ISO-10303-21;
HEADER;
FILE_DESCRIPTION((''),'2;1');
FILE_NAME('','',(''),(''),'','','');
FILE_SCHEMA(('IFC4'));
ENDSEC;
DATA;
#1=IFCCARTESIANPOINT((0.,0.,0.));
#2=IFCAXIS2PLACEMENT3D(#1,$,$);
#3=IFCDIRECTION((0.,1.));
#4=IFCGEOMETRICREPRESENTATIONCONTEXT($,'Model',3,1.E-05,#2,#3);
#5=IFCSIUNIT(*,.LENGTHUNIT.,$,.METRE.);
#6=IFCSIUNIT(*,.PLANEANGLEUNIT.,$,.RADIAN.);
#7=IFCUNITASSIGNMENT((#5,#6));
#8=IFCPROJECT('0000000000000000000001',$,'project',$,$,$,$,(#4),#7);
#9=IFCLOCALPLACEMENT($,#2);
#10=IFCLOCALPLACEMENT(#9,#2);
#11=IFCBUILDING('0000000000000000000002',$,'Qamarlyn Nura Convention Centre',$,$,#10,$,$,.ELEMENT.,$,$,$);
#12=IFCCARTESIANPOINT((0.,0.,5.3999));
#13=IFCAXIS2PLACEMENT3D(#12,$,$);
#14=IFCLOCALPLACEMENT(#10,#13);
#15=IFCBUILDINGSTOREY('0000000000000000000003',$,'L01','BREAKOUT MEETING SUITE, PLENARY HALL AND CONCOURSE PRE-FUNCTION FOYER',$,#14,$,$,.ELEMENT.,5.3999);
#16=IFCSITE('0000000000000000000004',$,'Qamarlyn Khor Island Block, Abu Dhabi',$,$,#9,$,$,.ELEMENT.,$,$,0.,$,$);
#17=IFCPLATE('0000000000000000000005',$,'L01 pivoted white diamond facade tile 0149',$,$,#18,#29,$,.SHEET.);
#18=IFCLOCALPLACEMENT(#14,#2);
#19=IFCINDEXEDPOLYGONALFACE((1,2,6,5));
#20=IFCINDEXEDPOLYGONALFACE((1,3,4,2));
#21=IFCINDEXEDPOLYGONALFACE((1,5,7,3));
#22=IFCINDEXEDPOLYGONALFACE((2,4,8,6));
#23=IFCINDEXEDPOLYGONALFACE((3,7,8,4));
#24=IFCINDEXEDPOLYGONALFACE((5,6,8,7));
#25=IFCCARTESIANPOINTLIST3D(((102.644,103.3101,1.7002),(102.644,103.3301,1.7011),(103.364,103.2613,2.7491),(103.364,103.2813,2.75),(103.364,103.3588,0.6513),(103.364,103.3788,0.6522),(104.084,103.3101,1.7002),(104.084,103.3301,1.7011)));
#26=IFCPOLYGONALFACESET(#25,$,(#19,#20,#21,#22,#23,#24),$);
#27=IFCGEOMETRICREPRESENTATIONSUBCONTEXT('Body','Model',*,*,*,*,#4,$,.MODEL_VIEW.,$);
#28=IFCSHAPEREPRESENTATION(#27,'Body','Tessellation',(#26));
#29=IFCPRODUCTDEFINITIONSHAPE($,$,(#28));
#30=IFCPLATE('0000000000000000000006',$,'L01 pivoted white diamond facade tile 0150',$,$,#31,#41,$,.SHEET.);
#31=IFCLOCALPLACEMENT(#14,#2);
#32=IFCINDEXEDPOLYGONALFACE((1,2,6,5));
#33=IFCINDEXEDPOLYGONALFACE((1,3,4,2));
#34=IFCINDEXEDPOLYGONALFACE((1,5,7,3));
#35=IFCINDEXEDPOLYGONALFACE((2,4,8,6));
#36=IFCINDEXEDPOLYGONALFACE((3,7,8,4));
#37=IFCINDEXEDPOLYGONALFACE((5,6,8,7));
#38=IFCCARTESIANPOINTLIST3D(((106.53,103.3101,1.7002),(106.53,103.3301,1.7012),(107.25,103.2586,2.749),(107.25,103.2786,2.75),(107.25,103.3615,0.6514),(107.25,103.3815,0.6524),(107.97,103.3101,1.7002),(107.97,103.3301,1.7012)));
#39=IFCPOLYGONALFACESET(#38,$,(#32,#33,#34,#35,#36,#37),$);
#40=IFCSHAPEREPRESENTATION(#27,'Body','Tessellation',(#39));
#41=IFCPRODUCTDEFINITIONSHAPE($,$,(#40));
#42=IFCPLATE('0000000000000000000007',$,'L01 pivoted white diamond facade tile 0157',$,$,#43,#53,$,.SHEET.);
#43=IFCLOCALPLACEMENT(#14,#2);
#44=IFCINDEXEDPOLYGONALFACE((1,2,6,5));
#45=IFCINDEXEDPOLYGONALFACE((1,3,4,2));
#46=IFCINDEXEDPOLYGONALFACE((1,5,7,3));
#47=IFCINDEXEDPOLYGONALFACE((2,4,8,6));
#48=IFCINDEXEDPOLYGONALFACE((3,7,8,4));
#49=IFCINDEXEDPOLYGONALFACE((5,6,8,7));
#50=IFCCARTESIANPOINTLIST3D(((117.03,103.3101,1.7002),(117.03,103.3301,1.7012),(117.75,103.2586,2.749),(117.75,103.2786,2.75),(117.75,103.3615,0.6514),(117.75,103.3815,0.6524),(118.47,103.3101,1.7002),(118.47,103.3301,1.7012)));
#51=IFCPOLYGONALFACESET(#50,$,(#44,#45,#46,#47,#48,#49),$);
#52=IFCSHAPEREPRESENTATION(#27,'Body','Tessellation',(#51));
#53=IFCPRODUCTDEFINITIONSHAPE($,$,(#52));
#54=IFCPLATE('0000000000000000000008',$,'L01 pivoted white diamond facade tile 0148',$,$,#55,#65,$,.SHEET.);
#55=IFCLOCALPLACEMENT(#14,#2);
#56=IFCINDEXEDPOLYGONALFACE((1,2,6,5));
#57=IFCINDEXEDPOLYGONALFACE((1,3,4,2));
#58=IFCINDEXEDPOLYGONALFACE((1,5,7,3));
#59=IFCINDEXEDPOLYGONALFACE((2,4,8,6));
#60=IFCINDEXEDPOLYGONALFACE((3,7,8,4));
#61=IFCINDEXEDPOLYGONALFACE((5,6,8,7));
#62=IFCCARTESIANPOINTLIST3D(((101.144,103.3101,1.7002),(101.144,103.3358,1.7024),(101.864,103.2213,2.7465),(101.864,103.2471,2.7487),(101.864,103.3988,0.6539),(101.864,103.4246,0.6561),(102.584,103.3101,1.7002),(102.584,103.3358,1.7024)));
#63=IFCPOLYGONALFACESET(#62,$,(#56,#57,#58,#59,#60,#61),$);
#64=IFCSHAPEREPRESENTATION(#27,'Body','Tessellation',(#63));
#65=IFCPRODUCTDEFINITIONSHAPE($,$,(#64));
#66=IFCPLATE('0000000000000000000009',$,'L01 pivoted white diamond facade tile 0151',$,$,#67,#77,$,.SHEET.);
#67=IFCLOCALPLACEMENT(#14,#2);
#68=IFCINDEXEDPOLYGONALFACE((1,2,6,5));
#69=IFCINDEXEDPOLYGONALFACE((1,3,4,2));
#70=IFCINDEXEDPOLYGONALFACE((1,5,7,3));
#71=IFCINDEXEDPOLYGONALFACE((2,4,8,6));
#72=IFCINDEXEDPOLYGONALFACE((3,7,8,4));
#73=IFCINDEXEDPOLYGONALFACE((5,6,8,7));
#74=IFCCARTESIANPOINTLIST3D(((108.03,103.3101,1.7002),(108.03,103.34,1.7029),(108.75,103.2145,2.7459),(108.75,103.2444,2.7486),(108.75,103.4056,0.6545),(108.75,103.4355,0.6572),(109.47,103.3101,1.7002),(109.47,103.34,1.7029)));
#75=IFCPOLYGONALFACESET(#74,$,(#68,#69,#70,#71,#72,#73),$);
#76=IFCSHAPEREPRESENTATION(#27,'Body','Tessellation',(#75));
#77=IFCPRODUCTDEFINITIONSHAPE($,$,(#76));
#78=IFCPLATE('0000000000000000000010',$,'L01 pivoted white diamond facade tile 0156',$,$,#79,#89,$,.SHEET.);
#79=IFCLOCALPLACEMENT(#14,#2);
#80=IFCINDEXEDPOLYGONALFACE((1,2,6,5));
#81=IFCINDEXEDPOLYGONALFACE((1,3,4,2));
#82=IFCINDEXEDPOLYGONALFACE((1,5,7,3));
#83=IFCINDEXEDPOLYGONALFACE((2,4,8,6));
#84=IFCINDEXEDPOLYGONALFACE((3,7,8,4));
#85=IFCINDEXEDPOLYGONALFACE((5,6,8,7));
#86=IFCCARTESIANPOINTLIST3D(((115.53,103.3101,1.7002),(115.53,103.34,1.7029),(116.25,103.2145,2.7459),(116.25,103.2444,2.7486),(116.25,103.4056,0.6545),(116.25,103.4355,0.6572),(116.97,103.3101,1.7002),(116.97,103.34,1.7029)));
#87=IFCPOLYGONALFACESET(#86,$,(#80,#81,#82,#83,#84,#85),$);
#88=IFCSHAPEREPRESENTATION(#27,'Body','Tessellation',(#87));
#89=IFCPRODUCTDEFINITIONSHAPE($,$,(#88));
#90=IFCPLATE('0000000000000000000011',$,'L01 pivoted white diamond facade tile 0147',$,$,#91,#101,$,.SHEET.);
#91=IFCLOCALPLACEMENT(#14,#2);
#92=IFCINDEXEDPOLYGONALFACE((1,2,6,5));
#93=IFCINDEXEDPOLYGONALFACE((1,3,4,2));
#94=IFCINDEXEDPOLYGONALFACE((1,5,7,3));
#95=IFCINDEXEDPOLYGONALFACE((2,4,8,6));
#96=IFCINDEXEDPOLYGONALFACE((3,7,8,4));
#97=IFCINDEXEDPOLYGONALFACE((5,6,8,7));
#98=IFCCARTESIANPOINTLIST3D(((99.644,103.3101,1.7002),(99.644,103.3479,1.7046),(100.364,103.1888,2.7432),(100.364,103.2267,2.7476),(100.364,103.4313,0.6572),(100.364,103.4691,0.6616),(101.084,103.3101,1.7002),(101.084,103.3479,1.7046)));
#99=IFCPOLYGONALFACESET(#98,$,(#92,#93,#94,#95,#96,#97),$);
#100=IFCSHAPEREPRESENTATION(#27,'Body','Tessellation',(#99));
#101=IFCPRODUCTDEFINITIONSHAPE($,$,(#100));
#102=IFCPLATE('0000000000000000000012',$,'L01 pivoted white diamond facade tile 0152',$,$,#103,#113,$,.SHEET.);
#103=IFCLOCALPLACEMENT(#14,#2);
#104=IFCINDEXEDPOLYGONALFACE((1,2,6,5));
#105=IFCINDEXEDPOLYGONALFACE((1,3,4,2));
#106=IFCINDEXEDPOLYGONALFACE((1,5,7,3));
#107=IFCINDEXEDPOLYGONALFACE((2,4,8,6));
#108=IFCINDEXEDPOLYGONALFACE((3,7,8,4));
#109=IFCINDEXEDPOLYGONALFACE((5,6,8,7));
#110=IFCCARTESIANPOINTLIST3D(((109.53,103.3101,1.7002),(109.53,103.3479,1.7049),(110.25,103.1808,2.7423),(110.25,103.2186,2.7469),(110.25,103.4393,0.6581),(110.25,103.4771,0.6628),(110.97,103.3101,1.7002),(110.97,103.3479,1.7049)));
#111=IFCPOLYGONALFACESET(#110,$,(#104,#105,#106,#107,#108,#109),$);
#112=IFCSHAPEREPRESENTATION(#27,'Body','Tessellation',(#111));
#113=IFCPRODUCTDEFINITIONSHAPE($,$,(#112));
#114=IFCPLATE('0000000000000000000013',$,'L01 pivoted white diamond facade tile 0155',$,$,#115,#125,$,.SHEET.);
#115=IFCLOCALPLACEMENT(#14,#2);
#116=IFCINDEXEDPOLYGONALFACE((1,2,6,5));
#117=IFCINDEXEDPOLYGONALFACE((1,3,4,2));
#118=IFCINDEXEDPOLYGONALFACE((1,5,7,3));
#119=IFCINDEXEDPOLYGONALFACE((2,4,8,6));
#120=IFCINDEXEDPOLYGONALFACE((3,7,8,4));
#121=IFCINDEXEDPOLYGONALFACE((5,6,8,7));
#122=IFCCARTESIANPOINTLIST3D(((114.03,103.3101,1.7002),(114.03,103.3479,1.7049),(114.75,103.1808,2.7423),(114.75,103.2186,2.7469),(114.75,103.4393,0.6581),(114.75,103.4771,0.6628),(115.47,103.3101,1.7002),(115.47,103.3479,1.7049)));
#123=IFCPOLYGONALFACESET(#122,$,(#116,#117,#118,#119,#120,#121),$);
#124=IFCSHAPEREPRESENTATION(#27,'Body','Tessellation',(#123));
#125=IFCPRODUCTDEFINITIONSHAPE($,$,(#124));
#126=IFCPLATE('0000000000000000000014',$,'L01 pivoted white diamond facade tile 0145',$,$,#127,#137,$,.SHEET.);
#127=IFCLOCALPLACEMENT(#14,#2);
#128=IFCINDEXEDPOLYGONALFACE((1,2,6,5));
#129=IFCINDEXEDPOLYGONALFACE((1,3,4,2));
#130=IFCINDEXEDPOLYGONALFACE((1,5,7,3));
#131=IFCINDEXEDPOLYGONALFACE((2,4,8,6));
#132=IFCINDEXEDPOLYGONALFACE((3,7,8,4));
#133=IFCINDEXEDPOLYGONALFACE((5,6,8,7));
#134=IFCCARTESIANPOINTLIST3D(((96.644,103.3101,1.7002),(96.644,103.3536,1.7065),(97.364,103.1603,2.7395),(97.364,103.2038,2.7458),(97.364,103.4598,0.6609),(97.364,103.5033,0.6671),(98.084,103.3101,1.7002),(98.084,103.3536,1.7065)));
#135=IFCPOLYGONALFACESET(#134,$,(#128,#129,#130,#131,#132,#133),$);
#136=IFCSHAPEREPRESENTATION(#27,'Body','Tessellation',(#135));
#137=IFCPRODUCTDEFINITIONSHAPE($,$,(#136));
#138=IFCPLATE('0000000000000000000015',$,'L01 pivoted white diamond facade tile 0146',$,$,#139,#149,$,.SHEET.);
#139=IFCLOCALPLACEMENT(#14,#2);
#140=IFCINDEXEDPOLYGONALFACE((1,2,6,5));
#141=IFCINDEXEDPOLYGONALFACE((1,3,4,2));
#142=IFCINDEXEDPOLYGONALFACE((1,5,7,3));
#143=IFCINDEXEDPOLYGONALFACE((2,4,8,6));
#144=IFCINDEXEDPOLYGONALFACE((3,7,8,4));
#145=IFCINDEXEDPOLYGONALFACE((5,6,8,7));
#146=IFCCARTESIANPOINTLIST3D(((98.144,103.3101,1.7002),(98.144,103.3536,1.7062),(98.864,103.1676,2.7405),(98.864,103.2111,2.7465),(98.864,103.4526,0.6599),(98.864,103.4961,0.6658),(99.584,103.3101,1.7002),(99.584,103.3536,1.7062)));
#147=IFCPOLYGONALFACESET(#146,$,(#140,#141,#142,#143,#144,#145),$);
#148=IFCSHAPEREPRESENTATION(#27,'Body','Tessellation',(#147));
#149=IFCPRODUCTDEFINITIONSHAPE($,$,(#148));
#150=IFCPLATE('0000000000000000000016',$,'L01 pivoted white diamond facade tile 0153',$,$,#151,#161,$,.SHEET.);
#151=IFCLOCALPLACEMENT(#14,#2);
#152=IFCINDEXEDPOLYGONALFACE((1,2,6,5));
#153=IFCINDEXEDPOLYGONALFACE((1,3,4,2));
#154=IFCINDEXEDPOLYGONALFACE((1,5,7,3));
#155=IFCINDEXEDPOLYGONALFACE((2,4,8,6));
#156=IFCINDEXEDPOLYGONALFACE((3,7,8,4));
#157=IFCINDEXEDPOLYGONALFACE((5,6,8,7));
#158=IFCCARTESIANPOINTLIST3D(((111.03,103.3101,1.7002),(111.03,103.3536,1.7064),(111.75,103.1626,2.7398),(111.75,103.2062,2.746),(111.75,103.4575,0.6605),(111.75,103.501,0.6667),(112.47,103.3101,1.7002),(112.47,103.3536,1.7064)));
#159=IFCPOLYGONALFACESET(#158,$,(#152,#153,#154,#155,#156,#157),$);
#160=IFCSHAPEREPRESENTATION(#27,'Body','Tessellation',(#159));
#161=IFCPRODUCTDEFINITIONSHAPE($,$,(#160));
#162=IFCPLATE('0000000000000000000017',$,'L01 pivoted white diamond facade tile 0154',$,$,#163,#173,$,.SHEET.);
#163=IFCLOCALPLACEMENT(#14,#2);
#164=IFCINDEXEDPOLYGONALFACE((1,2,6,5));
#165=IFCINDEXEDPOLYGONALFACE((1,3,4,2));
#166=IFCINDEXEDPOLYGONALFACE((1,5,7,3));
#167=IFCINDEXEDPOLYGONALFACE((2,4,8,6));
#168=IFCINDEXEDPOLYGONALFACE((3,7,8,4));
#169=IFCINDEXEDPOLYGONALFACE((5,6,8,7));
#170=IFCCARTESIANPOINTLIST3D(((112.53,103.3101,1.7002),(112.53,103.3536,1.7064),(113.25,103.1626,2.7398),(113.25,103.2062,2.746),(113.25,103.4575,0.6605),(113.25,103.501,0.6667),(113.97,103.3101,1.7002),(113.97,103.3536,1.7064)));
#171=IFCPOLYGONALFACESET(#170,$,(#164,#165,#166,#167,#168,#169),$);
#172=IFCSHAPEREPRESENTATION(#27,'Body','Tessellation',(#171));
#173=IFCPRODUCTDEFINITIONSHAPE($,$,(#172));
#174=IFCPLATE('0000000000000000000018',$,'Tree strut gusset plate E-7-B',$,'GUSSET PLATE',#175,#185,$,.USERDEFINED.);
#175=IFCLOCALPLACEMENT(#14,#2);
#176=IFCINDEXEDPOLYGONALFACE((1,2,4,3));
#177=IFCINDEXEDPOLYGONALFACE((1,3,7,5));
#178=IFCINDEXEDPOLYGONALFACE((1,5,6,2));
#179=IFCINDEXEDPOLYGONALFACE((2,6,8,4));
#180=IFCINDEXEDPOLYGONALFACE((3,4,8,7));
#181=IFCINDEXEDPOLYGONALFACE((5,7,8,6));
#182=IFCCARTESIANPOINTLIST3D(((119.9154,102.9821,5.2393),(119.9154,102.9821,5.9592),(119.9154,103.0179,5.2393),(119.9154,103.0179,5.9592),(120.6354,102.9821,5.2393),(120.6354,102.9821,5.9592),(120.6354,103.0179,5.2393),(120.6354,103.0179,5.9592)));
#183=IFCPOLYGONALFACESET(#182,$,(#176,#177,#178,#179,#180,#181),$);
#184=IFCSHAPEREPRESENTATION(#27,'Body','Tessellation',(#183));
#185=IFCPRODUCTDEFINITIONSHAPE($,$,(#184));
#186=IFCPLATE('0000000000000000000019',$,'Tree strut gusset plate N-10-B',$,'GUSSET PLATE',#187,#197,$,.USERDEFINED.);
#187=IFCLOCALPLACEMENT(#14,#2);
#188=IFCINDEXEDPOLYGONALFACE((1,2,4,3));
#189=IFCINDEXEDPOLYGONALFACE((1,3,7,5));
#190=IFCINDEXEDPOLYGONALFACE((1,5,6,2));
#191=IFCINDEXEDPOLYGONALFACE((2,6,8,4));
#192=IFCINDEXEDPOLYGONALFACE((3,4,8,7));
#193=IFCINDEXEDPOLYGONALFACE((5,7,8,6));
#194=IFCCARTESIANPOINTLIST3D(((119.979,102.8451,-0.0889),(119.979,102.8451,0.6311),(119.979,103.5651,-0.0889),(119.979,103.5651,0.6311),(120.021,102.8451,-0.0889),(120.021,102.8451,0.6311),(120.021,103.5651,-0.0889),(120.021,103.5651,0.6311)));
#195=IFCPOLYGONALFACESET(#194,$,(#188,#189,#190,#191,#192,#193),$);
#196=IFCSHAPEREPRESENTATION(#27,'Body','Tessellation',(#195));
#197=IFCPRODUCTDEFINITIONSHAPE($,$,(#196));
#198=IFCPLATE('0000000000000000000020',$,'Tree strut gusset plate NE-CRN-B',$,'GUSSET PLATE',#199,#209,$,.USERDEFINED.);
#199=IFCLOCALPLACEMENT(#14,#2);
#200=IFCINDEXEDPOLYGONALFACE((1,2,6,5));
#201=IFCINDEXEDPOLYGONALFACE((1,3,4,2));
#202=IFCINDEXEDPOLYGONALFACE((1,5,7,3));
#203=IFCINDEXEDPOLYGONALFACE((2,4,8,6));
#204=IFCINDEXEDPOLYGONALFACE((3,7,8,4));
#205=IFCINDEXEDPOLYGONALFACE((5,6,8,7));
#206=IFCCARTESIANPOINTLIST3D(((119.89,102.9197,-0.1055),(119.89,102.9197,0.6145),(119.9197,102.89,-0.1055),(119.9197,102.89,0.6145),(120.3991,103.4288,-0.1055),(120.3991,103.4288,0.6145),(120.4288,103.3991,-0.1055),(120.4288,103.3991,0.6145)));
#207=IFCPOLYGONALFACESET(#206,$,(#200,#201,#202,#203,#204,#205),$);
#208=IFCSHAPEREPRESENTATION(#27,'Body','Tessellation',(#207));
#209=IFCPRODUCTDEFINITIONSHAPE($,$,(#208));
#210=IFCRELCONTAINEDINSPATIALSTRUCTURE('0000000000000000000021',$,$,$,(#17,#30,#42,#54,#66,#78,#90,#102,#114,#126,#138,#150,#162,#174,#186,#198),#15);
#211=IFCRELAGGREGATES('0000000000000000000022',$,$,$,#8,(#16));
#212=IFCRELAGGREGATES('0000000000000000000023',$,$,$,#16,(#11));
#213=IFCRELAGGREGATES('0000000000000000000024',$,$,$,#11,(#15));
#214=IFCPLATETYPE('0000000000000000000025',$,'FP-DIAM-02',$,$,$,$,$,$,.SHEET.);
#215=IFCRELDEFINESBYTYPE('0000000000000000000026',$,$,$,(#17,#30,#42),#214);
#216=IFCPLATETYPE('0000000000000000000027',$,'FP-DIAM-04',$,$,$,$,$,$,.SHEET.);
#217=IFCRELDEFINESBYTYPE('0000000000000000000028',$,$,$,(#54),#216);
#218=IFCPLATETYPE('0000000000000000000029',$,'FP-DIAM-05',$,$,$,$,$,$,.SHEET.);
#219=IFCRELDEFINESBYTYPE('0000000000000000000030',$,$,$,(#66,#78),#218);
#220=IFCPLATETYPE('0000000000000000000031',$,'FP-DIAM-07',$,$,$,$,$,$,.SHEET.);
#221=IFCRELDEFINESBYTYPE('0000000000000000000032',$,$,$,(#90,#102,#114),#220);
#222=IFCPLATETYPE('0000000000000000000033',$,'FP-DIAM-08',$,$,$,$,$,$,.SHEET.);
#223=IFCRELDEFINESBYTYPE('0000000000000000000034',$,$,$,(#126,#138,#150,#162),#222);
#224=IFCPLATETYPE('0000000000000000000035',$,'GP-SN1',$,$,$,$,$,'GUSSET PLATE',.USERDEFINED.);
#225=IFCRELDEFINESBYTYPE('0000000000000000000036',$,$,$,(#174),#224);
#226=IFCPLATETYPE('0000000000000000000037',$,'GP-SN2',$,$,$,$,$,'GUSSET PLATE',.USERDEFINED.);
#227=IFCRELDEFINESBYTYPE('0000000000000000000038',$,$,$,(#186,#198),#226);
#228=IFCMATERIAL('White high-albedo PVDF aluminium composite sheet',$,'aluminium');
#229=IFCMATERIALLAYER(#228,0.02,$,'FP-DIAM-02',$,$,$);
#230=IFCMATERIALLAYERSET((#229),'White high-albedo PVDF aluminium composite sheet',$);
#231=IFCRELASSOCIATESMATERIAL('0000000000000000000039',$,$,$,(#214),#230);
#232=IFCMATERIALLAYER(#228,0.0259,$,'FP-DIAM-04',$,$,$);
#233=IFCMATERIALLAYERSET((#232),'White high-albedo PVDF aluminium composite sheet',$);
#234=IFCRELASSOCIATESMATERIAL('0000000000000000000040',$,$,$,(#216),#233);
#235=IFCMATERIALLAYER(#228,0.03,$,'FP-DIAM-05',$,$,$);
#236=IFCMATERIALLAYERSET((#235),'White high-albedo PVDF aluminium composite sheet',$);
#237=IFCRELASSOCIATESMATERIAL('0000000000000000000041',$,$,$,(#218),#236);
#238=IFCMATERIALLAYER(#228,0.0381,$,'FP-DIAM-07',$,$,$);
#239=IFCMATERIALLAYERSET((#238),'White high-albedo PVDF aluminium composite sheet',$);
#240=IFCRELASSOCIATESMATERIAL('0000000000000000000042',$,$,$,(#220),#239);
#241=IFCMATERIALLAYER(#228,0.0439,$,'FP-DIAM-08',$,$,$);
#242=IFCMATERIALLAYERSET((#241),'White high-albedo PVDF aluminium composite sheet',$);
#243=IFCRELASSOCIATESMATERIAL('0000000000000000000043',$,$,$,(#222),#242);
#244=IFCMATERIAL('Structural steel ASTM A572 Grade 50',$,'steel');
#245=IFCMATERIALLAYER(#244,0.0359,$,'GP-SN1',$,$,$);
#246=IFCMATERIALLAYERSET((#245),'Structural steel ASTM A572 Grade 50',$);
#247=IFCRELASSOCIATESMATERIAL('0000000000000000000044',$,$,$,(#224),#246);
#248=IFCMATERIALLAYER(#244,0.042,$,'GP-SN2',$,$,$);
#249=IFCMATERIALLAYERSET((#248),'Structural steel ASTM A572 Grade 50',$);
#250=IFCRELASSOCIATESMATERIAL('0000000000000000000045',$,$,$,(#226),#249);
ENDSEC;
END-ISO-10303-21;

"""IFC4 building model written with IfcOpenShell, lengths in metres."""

from ifc_helpers import new_model, si_unit, direction, frame, origin, origin_2d, place, context, subcontext, project, spatial, polyline, rectangle, outline, extrude, material, layer, layer_set, type_object, element, save


model = new_model("IFC4")

# Units and contexts
model_context = context("Model", 3, precision=1e-05, world=origin(), true_north=direction((0.0, 1.0)))
body_context = subcontext(model_context, "Body", "Model", "MODEL_VIEW")
ifc_project = project(units=[si_unit("LENGTHUNIT", "METRE"), si_unit("PLANEANGLEUNIT", "RADIAN")], contexts=[model_context])

# Site, building, storey
site_placement = place(None, origin())
site = spatial("IfcSite", under=ifc_project, at=site_placement, Name="Qamarlyn Khor Island Block, Abu Dhabi", CompositionType="ELEMENT", RefElevation=0.0)
building_placement = place(site_placement, origin())
building = spatial("IfcBuilding", under=site, at=building_placement, Name="Qamarlyn Nura Convention Centre", CompositionType="ELEMENT")
storey_placement = place(building_placement, frame((0.0, 0.0, 5.3999)))
storey = spatial("IfcBuildingStorey", under=building, at=storey_placement, Name="L01", Description="BREAKOUT MEETING SUITE, PLENARY HALL AND CONCOURSE PRE-FUNCTION FOYER", CompositionType="ELEMENT", Elevation=5.3999)

# Plates
ifc_material_1 = material(Name="White high-albedo PVDF aluminium composite sheet", Category="aluminium")
ifc_layer_1 = layer(ifc_material_1, 0.02, Name="FP-DIAM-02")
ifc_layer_set_1 = layer_set([ifc_layer_1], Name="White high-albedo PVDF aluminium composite sheet")
plate_type_1 = type_object("IfcPlateType", Name="FP-DIAM-02", PredefinedType="SHEET", material=ifc_layer_set_1)
for number, where, z_axis, x_axis, name in (
    (1, (103.364, 103.3101, 1.7002), (0.0, 0.998923, 0.046409), (-1.0, 0.0, 0.0), "L01 pivoted white diamond facade tile 0149"),
    (2, (107.25, 103.3101, 1.7002), (0.0, 0.998798, 0.049024), (-1.0, 0.0, 0.0), "L01 pivoted white diamond facade tile 0150"),
    (3, (117.75, 103.3101, 1.7002), (0.0, 0.998798, 0.049024), (-1.0, 0.0, 0.0), "L01 pivoted white diamond facade tile 0157"),
):
    element("IfcPlate", number, at=place(storey_placement, frame(where, z_axis=z_axis, x_axis=x_axis)), inside=storey, type_object=plate_type_1, Name=name, PredefinedType="SHEET", context=body_context, shape_type="SweptSolid", body=[
        extrude(outline(polyline([(-0.72, 0.0), (0.0, -1.05), (0.72, 0.0), (0.0, 1.05), (-0.72, 0.0)])), origin(), (0.0, 0.0, 1.0), 0.02),
    ])
ifc_layer_2 = layer(ifc_material_1, 0.0259, Name="FP-DIAM-04")
ifc_layer_set_2 = layer_set([ifc_layer_2], Name="White high-albedo PVDF aluminium composite sheet")
plate_type_2 = type_object("IfcPlateType", Name="FP-DIAM-04", PredefinedType="SHEET", material=ifc_layer_set_2)
plate_1_placement = place(storey_placement, frame((101.864, 103.3101, 1.7002), z_axis=(0.0, 0.996419, 0.084547), x_axis=(-1.0, 0.0, 0.0)))
element("IfcPlate", 4, at=plate_1_placement, inside=storey, type_object=plate_type_2, Name="L01 pivoted white diamond facade tile 0148", PredefinedType="SHEET", context=body_context, shape_type="SweptSolid", body=[
    extrude(outline(polyline([(-0.72, 0.0), (0.0, -1.05), (0.72, 0.0), (0.0, 1.05), (-0.72, 0.0)])), origin(), (0.0, 0.0, 1.0), 0.0259),
])
ifc_layer_3 = layer(ifc_material_1, 0.03, Name="FP-DIAM-05")
ifc_layer_set_3 = layer_set([ifc_layer_3], Name="White high-albedo PVDF aluminium composite sheet")
plate_type_3 = type_object("IfcPlateType", Name="FP-DIAM-05", PredefinedType="SHEET", material=ifc_layer_set_3)
for number, where, z_axis, x_axis, name in (
    (5, (108.75, 103.3101, 1.7002), (0.0, 0.995853, 0.09098), (-1.0, 0.0, 0.0), "L01 pivoted white diamond facade tile 0151"),
    (6, (116.25, 103.3101, 1.7002), (0.0, 0.995853, 0.09098), (-1.0, 0.0, 0.0), "L01 pivoted white diamond facade tile 0156"),
):
    element("IfcPlate", number, at=place(storey_placement, frame(where, z_axis=z_axis, x_axis=x_axis)), inside=storey, type_object=plate_type_3, Name=name, PredefinedType="SHEET", context=body_context, shape_type="SweptSolid", body=[
        extrude(outline(polyline([(-0.72, 0.0), (0.0, -1.05), (0.72, 0.0), (0.0, 1.05), (-0.72, 0.0)])), origin(), (0.0, 0.0, 1.0), 0.03),
    ])
ifc_layer_4 = layer(ifc_material_1, 0.0381, Name="FP-DIAM-07")
ifc_layer_set_4 = layer_set([ifc_layer_4], Name="White high-albedo PVDF aluminium composite sheet")
plate_type_4 = type_object("IfcPlateType", Name="FP-DIAM-07", PredefinedType="SHEET", material=ifc_layer_set_4)
for number, where, z_axis, x_axis, name in (
    (7, (100.364, 103.3101, 1.7002), (0.0, 0.993312, 0.115457), (-1.0, 0.0, 0.0), "L01 pivoted white diamond facade tile 0147"),
    (8, (110.25, 103.3101, 1.7002), (0.0, 0.992397, 0.123082), (-1.0, 0.0, 0.0), "L01 pivoted white diamond facade tile 0152"),
    (9, (114.75, 103.3101, 1.7002), (0.0, 0.992397, 0.123082), (-1.0, 0.0, 0.0), "L01 pivoted white diamond facade tile 0155"),
):
    element("IfcPlate", number, at=place(storey_placement, frame(where, z_axis=z_axis, x_axis=x_axis)), inside=storey, type_object=plate_type_4, Name=name, PredefinedType="SHEET", context=body_context, shape_type="SweptSolid", body=[
        extrude(outline(polyline([(-0.72, 0.0), (0.0, -1.05), (0.72, 0.0), (0.0, 1.05), (-0.72, 0.0)])), origin(), (0.0, 0.0, 1.0), 0.0381),
    ])
ifc_layer_5 = layer(ifc_material_1, 0.0439, Name="FP-DIAM-08")
ifc_layer_set_5 = layer_set([ifc_layer_5], Name="White high-albedo PVDF aluminium composite sheet")
plate_type_5 = type_object("IfcPlateType", Name="FP-DIAM-08", PredefinedType="SHEET", material=ifc_layer_set_5)
for number, where, z_axis, x_axis, name in (
    (10, (97.364, 103.3101, 1.7002), (0.0, 0.989776, 0.142629), (-1.0, 0.0, 0.0), "L01 pivoted white diamond facade tile 0145"),
    (11, (98.864, 103.3101, 1.7002), (0.0, 0.990748, 0.135716), (-1.0, 0.0, 0.0), "L01 pivoted white diamond facade tile 0146"),
    (12, (111.75, 103.3101, 1.7002), (0.0, 0.990097, 0.140383), (-1.0, 0.0, 0.0), "L01 pivoted white diamond facade tile 0153"),
    (13, (113.25, 103.3101, 1.7002), (0.0, 0.990097, 0.140383), (-1.0, 0.0, 0.0), "L01 pivoted white diamond facade tile 0154"),
):
    element("IfcPlate", number, at=place(storey_placement, frame(where, z_axis=z_axis, x_axis=x_axis)), inside=storey, type_object=plate_type_5, Name=name, PredefinedType="SHEET", context=body_context, shape_type="SweptSolid", body=[
        extrude(outline(polyline([(-0.72, 0.0), (0.0, -1.05), (0.72, 0.0), (0.0, 1.05), (-0.72, 0.0)])), origin(), (0.0, 0.0, 1.0), 0.0439),
    ])
ifc_material_2 = material(Name="Structural steel ASTM A572 Grade 50", Category="steel")
ifc_layer_6 = layer(ifc_material_2, 0.0359, Name="GP-SN1")
ifc_layer_set_6 = layer_set([ifc_layer_6], Name="Structural steel ASTM A572 Grade 50")
plate_type_6 = type_object("IfcPlateType", Name="GP-SN1", ElementType="GUSSET PLATE", PredefinedType="USERDEFINED", material=ifc_layer_set_6)
plate_2_placement = place(storey_placement, frame((120.2754, 103.0, 5.2393), z_axis=(0.0, 0.0, 1.0), x_axis=(1.0, 0.0, 0.0)))
element("IfcPlate", 14, at=plate_2_placement, inside=storey, type_object=plate_type_6, Name="Tree strut gusset plate E-7-B", ObjectType="GUSSET PLATE", PredefinedType="USERDEFINED", context=body_context, shape_type="SweptSolid", body=[
    extrude(rectangle(XDim=0.72, YDim=0.0359, at=origin_2d()), origin(), (0.0, 0.0, 1.0), 0.72),
])
ifc_layer_7 = layer(ifc_material_2, 0.042, Name="GP-SN2")
ifc_layer_set_7 = layer_set([ifc_layer_7], Name="Structural steel ASTM A572 Grade 50")
plate_type_7 = type_object("IfcPlateType", Name="GP-SN2", ElementType="GUSSET PLATE", PredefinedType="USERDEFINED", material=ifc_layer_set_7)
for number, where, z_axis, x_axis, name in (
    (15, (120.0, 103.2051, -0.0889), (0.0, 0.0, 1.0), (0.0, 1.0, 0.0), "Tree strut gusset plate N-10-B"),
    (16, (120.1594, 103.1594, -0.1055), (0.0, 0.0, 1.0), (0.707107, 0.707107, 0.0), "Tree strut gusset plate NE-CRN-B"),
):
    element("IfcPlate", number, at=place(storey_placement, frame(where, z_axis=z_axis, x_axis=x_axis)), inside=storey, type_object=plate_type_7, Name=name, ObjectType="GUSSET PLATE", PredefinedType="USERDEFINED", context=body_context, shape_type="SweptSolid", body=[
        extrude(rectangle(XDim=0.72, YDim=0.042, at=origin_2d()), origin(), (0.0, 0.0, 1.0), 0.72),
    ])

save(model, "model.ifc")
